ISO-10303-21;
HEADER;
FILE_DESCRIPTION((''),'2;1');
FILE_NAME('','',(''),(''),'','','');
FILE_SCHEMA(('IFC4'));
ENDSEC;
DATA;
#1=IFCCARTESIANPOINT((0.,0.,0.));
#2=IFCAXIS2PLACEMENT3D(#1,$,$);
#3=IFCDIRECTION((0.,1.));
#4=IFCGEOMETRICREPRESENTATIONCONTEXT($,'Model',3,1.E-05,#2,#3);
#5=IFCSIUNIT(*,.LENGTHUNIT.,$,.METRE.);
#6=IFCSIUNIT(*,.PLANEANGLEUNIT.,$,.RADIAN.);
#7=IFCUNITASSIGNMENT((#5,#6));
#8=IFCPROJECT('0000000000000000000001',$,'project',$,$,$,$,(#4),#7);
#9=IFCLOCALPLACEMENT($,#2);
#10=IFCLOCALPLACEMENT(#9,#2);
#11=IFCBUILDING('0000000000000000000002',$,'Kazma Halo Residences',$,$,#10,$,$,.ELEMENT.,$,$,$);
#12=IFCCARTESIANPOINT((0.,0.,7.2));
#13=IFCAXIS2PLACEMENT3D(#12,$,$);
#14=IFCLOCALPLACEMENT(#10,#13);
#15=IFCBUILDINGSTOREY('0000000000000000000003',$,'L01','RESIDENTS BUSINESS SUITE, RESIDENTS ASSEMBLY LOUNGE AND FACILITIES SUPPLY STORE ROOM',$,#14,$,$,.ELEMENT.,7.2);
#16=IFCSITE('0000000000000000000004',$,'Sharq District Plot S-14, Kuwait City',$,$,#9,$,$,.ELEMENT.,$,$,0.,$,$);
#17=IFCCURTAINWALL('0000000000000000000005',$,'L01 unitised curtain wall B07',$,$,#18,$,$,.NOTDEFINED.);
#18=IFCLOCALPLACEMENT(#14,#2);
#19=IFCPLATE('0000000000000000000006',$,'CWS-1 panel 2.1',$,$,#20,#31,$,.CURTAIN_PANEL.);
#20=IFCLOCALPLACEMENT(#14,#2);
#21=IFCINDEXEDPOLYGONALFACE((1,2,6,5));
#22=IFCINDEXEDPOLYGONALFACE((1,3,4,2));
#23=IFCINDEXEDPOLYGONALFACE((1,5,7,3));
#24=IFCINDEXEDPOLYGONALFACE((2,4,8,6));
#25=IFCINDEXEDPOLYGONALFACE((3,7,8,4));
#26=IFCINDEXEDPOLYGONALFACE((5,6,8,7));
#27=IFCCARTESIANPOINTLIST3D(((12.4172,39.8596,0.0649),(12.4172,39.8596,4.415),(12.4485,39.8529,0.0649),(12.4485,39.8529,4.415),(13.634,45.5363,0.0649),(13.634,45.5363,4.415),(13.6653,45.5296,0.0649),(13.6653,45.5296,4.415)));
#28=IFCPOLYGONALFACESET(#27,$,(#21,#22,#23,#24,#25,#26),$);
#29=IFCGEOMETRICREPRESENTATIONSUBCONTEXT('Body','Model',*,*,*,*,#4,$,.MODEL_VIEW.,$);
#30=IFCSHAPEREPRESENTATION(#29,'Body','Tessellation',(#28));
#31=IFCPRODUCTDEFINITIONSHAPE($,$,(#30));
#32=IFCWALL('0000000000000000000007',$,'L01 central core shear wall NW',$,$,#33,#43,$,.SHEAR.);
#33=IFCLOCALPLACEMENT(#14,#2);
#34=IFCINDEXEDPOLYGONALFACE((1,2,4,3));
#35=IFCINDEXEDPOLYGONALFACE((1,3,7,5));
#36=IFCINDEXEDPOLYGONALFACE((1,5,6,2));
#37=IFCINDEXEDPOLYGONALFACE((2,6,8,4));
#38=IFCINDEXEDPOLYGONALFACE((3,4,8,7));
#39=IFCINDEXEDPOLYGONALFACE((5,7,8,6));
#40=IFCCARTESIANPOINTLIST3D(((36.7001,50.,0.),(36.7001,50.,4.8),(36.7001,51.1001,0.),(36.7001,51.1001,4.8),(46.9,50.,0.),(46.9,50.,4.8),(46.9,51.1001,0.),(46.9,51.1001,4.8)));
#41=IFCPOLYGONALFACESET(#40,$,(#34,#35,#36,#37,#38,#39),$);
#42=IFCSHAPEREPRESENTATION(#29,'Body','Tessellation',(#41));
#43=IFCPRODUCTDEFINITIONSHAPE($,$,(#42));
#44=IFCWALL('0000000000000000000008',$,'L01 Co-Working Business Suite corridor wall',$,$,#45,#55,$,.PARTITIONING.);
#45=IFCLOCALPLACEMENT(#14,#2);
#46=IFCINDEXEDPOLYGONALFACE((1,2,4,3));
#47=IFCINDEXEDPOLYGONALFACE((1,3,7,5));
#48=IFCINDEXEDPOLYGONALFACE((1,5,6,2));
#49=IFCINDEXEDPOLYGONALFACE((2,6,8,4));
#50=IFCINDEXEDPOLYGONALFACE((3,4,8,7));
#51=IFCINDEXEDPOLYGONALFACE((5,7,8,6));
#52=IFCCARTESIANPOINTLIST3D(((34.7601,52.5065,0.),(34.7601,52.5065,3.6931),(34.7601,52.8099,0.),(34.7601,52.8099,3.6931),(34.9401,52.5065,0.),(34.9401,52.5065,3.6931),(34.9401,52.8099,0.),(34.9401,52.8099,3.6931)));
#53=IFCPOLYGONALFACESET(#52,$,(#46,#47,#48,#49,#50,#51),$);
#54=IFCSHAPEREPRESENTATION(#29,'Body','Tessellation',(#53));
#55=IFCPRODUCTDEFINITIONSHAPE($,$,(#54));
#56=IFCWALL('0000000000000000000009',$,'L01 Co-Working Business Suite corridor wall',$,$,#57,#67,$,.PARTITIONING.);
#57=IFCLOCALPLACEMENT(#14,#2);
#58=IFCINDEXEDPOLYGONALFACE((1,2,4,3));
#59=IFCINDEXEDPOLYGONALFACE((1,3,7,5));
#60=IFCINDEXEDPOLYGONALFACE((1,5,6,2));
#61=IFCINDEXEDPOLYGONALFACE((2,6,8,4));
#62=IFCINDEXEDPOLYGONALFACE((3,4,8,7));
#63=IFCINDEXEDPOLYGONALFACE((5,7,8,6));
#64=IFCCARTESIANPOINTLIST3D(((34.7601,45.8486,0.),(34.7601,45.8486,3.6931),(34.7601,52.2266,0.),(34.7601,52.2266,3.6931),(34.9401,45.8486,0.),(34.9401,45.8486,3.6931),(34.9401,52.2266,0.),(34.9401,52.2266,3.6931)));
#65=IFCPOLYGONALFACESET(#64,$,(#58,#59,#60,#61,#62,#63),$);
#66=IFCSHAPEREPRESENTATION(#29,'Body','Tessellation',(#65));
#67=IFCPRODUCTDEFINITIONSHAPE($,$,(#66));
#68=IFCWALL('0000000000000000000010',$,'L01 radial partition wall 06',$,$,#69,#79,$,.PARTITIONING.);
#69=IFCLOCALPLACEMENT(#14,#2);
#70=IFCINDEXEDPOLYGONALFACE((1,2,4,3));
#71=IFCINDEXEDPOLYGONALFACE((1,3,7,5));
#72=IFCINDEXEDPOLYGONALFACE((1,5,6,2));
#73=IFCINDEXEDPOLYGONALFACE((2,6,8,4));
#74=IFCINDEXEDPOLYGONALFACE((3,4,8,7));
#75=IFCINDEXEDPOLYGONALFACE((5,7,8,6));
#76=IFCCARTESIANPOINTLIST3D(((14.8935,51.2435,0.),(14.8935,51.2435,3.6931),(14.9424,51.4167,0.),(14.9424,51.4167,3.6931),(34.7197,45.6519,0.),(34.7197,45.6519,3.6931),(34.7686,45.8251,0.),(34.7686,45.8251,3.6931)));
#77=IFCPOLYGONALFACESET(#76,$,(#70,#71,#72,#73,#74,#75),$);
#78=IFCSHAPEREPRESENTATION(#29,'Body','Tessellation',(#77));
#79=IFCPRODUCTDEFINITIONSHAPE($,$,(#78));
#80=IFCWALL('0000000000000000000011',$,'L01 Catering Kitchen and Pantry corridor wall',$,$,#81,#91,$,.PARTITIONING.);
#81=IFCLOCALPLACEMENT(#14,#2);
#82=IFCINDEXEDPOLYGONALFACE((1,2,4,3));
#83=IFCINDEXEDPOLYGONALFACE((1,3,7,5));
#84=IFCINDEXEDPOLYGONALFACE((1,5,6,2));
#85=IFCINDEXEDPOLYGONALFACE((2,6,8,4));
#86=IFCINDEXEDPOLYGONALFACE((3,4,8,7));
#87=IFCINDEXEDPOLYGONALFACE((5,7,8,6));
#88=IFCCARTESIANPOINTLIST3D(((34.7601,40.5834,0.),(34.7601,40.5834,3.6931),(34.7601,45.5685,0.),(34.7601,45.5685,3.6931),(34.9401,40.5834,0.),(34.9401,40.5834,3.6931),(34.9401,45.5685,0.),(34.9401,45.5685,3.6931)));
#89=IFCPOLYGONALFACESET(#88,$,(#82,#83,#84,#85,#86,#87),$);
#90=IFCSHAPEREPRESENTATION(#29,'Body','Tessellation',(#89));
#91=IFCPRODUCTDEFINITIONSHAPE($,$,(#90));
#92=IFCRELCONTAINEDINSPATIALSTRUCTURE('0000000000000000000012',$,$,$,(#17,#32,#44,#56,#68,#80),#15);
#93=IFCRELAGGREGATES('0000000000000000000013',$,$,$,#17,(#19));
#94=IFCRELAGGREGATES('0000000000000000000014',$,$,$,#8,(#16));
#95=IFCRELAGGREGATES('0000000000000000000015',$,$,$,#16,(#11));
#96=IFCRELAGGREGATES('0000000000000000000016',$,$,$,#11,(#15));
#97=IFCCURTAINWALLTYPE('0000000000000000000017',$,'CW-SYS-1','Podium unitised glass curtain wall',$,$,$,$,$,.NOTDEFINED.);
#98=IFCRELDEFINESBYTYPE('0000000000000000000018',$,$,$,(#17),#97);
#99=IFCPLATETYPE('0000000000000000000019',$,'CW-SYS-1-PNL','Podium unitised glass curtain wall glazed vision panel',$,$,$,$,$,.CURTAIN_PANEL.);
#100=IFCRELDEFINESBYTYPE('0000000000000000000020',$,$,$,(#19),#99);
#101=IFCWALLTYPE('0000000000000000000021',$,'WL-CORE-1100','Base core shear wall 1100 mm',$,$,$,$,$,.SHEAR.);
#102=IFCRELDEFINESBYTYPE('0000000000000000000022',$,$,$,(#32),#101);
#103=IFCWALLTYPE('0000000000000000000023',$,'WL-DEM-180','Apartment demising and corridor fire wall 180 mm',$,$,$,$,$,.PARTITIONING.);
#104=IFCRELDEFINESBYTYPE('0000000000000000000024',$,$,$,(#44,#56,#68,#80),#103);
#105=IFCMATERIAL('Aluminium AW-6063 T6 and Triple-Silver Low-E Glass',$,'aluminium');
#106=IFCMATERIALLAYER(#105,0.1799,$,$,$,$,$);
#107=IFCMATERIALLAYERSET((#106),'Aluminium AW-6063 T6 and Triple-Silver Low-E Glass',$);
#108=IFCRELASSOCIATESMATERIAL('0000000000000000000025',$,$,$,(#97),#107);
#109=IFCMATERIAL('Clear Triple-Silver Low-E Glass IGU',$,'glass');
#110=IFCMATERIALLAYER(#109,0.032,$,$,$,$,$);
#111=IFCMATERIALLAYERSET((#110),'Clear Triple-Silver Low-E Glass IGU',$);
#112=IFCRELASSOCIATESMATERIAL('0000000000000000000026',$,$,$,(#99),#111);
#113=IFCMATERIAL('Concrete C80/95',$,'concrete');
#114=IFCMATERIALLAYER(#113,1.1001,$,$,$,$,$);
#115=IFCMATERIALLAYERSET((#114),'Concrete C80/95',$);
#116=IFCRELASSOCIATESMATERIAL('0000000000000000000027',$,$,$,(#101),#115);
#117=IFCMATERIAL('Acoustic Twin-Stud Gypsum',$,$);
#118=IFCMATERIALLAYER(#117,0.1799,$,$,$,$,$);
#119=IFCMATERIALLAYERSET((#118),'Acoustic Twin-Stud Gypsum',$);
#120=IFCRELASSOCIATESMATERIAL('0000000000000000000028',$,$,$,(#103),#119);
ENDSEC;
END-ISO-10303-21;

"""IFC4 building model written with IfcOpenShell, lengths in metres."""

from ifc_helpers import new_model, si_unit, direction, frame, frame_2d, origin, origin_2d, place, context, subcontext, project, spatial, rectangle, extrude, material, layer, layer_set, type_object, element, aggregate, save


model = new_model("IFC4")

# Units and contexts
model_context = context("Model", 3, precision=1e-05, world=origin(), true_north=direction((0.0, 1.0)))
body_context = subcontext(model_context, "Body", "Model", "MODEL_VIEW")
ifc_project = project(units=[si_unit("LENGTHUNIT", "METRE"), si_unit("PLANEANGLEUNIT", "RADIAN")], contexts=[model_context])

# Site, building, storey
site_placement = place(None, origin())
site = spatial("IfcSite", under=ifc_project, at=site_placement, Name="Sharq District Plot S-14, Kuwait City", CompositionType="ELEMENT", RefElevation=0.0)
building_placement = place(site_placement, origin())
building = spatial("IfcBuilding", under=site, at=building_placement, Name="Kazma Halo Residences", CompositionType="ELEMENT")
storey_placement = place(building_placement, frame((0.0, 0.0, 7.2)))
storey = spatial("IfcBuildingStorey", under=building, at=storey_placement, Name="L01", Description="RESIDENTS BUSINESS SUITE, RESIDENTS ASSEMBLY LOUNGE AND FACILITIES SUPPLY STORE ROOM", CompositionType="ELEMENT", Elevation=7.2)

# Shared definitions
ifc_material_1 = material(Name="Concrete C80/95", Category="concrete")

# Shared definitions
ifc_material_2 = material(Name="Aluminium AW-6063 T6 and Triple-Silver Low-E Glass", Category="aluminium")
ifc_layer_1 = layer(ifc_material_2, 0.1799)
ifc_layer_set_1 = layer_set([ifc_layer_1], Name="Aluminium AW-6063 T6 and Triple-Silver Low-E Glass")
curtain_wall_type = type_object("IfcCurtainWallType", Name="CW-SYS-1", Description="Podium unitised glass curtain wall", PredefinedType="NOTDEFINED", material=ifc_layer_set_1)

# Curtain wall
curtain_wall_1_placement = place(storey_placement, origin())
curtain_wall_1 = element("IfcCurtainWall", 1, at=curtain_wall_1_placement, inside=storey, type_object=curtain_wall_type, Name="L01 unitised curtain wall B07", PredefinedType="NOTDEFINED")

# Plate
ifc_material_3 = material(Name="Clear Triple-Silver Low-E Glass IGU", Category="glass")
ifc_layer_2 = layer(ifc_material_3, 0.032)
ifc_layer_set_2 = layer_set([ifc_layer_2], Name="Clear Triple-Silver Low-E Glass IGU")
plate_type = type_object("IfcPlateType", Name="CW-SYS-1-PNL", Description="Podium unitised glass curtain wall glazed vision panel", PredefinedType="CURTAIN_PANEL", material=ifc_layer_set_2)
plate_1_placement = place(storey_placement, frame((13.0413, 42.6946, 0.0649), z_axis=(0.0, 0.0, 1.0), x_axis=(-0.209596, -0.977788, 0.0)))
plate_1 = element("IfcPlate", 2, at=plate_1_placement, type_object=plate_type, Name="CWS-1 panel 2.1", PredefinedType="CURTAIN_PANEL", context=body_context, shape_type="SweptSolid", body=[
    extrude(rectangle(XDim=5.8057, YDim=0.032, at=origin_2d()), origin(), (0.0, 0.0, 1.0), 4.3501),
])
aggregate(curtain_wall_1, [plate_1])

# Walls
ifc_layer_3 = layer(ifc_material_1, 1.1001)
ifc_layer_set_3 = layer_set([ifc_layer_3], Name="Concrete C80/95")
wall_type_1 = type_object("IfcWallType", Name="WL-CORE-1100", Description="Base core shear wall 1100 mm", PredefinedType="SHEAR", material=ifc_layer_set_3)
wall_1_placement = place(storey_placement, frame((36.7, 50.55, 0.0), z_axis=(0.0, 0.0, 1.0), x_axis=(1.0, 0.0, 0.0)))
element("IfcWall", 3, at=wall_1_placement, inside=storey, type_object=wall_type_1, Name="L01 central core shear wall NW", PredefinedType="SHEAR", context=body_context, shape_type="SweptSolid", body=[
    extrude(rectangle(XDim=10.2, YDim=1.1001, at=frame_2d((5.1001, 0.0))), origin(), (0.0, 0.0, 1.0), 4.8),
])
ifc_material_4 = material(Name="Acoustic Twin-Stud Gypsum")
ifc_layer_4 = layer(ifc_material_4, 0.1799)
ifc_layer_set_4 = layer_set([ifc_layer_4], Name="Acoustic Twin-Stud Gypsum")
wall_type_2 = type_object("IfcWallType", Name="WL-DEM-180", Description="Apartment demising and corridor fire wall 180 mm", PredefinedType="PARTITIONING", material=ifc_layer_set_4)
wall_2_placement = place(storey_placement, frame((34.8501, 52.8101, 0.0), z_axis=(0.0, 0.0, 1.0), x_axis=(0.0, -1.0, 0.0)))
element("IfcWall", 4, at=wall_2_placement, inside=storey, type_object=wall_type_2, Name="L01 Co-Working Business Suite corridor wall", PredefinedType="PARTITIONING", context=body_context, shape_type="SweptSolid", body=[
    extrude(rectangle(XDim=0.3035, YDim=0.1799, at=frame_2d((0.1519, 0.0))), origin(), (0.0, 0.0, 1.0), 3.6931),
])
wall_3_placement = place(storey_placement, frame((34.8501, 52.2266, 0.0), z_axis=(0.0, 0.0, 1.0), x_axis=(0.0, -1.0, 0.0)))
element("IfcWall", 5, at=wall_3_placement, inside=storey, type_object=wall_type_2, Name="L01 Co-Working Business Suite corridor wall", PredefinedType="PARTITIONING", context=body_context, shape_type="SweptSolid", body=[
    extrude(rectangle(XDim=6.3779, YDim=0.1799, at=frame_2d((3.189, 0.0))), origin(), (0.0, 0.0, 1.0), 3.6931),
])
wall_4_placement = place(storey_placement, frame((34.7441, 45.7385, 0.0), z_axis=(0.0, 0.0, 1.0), x_axis=(-0.962455, 0.27144, 0.0)))
element("IfcWall", 6, at=wall_4_placement, inside=storey, type_object=wall_type_2, Name="L01 radial partition wall 06", PredefinedType="PARTITIONING", context=body_context, shape_type="SweptSolid", body=[
    extrude(rectangle(XDim=20.5996, YDim=0.1799, at=frame_2d((10.2998, 0.0))), origin(), (0.0, 0.0, 1.0), 3.6931),
])
wall_5_placement = place(storey_placement, frame((34.8501, 45.5686, 0.0), z_axis=(0.0, 0.0, 1.0), x_axis=(0.0, -1.0, 0.0)))
element("IfcWall", 7, at=wall_5_placement, inside=storey, type_object=wall_type_2, Name="L01 Catering Kitchen and Pantry corridor wall", PredefinedType="PARTITIONING", context=body_context, shape_type="SweptSolid", body=[
    extrude(rectangle(XDim=4.9851, YDim=0.1799, at=frame_2d((2.4927, 0.0))), origin(), (0.0, 0.0, 1.0), 3.6931),
])

save(model, "model.ifc")
